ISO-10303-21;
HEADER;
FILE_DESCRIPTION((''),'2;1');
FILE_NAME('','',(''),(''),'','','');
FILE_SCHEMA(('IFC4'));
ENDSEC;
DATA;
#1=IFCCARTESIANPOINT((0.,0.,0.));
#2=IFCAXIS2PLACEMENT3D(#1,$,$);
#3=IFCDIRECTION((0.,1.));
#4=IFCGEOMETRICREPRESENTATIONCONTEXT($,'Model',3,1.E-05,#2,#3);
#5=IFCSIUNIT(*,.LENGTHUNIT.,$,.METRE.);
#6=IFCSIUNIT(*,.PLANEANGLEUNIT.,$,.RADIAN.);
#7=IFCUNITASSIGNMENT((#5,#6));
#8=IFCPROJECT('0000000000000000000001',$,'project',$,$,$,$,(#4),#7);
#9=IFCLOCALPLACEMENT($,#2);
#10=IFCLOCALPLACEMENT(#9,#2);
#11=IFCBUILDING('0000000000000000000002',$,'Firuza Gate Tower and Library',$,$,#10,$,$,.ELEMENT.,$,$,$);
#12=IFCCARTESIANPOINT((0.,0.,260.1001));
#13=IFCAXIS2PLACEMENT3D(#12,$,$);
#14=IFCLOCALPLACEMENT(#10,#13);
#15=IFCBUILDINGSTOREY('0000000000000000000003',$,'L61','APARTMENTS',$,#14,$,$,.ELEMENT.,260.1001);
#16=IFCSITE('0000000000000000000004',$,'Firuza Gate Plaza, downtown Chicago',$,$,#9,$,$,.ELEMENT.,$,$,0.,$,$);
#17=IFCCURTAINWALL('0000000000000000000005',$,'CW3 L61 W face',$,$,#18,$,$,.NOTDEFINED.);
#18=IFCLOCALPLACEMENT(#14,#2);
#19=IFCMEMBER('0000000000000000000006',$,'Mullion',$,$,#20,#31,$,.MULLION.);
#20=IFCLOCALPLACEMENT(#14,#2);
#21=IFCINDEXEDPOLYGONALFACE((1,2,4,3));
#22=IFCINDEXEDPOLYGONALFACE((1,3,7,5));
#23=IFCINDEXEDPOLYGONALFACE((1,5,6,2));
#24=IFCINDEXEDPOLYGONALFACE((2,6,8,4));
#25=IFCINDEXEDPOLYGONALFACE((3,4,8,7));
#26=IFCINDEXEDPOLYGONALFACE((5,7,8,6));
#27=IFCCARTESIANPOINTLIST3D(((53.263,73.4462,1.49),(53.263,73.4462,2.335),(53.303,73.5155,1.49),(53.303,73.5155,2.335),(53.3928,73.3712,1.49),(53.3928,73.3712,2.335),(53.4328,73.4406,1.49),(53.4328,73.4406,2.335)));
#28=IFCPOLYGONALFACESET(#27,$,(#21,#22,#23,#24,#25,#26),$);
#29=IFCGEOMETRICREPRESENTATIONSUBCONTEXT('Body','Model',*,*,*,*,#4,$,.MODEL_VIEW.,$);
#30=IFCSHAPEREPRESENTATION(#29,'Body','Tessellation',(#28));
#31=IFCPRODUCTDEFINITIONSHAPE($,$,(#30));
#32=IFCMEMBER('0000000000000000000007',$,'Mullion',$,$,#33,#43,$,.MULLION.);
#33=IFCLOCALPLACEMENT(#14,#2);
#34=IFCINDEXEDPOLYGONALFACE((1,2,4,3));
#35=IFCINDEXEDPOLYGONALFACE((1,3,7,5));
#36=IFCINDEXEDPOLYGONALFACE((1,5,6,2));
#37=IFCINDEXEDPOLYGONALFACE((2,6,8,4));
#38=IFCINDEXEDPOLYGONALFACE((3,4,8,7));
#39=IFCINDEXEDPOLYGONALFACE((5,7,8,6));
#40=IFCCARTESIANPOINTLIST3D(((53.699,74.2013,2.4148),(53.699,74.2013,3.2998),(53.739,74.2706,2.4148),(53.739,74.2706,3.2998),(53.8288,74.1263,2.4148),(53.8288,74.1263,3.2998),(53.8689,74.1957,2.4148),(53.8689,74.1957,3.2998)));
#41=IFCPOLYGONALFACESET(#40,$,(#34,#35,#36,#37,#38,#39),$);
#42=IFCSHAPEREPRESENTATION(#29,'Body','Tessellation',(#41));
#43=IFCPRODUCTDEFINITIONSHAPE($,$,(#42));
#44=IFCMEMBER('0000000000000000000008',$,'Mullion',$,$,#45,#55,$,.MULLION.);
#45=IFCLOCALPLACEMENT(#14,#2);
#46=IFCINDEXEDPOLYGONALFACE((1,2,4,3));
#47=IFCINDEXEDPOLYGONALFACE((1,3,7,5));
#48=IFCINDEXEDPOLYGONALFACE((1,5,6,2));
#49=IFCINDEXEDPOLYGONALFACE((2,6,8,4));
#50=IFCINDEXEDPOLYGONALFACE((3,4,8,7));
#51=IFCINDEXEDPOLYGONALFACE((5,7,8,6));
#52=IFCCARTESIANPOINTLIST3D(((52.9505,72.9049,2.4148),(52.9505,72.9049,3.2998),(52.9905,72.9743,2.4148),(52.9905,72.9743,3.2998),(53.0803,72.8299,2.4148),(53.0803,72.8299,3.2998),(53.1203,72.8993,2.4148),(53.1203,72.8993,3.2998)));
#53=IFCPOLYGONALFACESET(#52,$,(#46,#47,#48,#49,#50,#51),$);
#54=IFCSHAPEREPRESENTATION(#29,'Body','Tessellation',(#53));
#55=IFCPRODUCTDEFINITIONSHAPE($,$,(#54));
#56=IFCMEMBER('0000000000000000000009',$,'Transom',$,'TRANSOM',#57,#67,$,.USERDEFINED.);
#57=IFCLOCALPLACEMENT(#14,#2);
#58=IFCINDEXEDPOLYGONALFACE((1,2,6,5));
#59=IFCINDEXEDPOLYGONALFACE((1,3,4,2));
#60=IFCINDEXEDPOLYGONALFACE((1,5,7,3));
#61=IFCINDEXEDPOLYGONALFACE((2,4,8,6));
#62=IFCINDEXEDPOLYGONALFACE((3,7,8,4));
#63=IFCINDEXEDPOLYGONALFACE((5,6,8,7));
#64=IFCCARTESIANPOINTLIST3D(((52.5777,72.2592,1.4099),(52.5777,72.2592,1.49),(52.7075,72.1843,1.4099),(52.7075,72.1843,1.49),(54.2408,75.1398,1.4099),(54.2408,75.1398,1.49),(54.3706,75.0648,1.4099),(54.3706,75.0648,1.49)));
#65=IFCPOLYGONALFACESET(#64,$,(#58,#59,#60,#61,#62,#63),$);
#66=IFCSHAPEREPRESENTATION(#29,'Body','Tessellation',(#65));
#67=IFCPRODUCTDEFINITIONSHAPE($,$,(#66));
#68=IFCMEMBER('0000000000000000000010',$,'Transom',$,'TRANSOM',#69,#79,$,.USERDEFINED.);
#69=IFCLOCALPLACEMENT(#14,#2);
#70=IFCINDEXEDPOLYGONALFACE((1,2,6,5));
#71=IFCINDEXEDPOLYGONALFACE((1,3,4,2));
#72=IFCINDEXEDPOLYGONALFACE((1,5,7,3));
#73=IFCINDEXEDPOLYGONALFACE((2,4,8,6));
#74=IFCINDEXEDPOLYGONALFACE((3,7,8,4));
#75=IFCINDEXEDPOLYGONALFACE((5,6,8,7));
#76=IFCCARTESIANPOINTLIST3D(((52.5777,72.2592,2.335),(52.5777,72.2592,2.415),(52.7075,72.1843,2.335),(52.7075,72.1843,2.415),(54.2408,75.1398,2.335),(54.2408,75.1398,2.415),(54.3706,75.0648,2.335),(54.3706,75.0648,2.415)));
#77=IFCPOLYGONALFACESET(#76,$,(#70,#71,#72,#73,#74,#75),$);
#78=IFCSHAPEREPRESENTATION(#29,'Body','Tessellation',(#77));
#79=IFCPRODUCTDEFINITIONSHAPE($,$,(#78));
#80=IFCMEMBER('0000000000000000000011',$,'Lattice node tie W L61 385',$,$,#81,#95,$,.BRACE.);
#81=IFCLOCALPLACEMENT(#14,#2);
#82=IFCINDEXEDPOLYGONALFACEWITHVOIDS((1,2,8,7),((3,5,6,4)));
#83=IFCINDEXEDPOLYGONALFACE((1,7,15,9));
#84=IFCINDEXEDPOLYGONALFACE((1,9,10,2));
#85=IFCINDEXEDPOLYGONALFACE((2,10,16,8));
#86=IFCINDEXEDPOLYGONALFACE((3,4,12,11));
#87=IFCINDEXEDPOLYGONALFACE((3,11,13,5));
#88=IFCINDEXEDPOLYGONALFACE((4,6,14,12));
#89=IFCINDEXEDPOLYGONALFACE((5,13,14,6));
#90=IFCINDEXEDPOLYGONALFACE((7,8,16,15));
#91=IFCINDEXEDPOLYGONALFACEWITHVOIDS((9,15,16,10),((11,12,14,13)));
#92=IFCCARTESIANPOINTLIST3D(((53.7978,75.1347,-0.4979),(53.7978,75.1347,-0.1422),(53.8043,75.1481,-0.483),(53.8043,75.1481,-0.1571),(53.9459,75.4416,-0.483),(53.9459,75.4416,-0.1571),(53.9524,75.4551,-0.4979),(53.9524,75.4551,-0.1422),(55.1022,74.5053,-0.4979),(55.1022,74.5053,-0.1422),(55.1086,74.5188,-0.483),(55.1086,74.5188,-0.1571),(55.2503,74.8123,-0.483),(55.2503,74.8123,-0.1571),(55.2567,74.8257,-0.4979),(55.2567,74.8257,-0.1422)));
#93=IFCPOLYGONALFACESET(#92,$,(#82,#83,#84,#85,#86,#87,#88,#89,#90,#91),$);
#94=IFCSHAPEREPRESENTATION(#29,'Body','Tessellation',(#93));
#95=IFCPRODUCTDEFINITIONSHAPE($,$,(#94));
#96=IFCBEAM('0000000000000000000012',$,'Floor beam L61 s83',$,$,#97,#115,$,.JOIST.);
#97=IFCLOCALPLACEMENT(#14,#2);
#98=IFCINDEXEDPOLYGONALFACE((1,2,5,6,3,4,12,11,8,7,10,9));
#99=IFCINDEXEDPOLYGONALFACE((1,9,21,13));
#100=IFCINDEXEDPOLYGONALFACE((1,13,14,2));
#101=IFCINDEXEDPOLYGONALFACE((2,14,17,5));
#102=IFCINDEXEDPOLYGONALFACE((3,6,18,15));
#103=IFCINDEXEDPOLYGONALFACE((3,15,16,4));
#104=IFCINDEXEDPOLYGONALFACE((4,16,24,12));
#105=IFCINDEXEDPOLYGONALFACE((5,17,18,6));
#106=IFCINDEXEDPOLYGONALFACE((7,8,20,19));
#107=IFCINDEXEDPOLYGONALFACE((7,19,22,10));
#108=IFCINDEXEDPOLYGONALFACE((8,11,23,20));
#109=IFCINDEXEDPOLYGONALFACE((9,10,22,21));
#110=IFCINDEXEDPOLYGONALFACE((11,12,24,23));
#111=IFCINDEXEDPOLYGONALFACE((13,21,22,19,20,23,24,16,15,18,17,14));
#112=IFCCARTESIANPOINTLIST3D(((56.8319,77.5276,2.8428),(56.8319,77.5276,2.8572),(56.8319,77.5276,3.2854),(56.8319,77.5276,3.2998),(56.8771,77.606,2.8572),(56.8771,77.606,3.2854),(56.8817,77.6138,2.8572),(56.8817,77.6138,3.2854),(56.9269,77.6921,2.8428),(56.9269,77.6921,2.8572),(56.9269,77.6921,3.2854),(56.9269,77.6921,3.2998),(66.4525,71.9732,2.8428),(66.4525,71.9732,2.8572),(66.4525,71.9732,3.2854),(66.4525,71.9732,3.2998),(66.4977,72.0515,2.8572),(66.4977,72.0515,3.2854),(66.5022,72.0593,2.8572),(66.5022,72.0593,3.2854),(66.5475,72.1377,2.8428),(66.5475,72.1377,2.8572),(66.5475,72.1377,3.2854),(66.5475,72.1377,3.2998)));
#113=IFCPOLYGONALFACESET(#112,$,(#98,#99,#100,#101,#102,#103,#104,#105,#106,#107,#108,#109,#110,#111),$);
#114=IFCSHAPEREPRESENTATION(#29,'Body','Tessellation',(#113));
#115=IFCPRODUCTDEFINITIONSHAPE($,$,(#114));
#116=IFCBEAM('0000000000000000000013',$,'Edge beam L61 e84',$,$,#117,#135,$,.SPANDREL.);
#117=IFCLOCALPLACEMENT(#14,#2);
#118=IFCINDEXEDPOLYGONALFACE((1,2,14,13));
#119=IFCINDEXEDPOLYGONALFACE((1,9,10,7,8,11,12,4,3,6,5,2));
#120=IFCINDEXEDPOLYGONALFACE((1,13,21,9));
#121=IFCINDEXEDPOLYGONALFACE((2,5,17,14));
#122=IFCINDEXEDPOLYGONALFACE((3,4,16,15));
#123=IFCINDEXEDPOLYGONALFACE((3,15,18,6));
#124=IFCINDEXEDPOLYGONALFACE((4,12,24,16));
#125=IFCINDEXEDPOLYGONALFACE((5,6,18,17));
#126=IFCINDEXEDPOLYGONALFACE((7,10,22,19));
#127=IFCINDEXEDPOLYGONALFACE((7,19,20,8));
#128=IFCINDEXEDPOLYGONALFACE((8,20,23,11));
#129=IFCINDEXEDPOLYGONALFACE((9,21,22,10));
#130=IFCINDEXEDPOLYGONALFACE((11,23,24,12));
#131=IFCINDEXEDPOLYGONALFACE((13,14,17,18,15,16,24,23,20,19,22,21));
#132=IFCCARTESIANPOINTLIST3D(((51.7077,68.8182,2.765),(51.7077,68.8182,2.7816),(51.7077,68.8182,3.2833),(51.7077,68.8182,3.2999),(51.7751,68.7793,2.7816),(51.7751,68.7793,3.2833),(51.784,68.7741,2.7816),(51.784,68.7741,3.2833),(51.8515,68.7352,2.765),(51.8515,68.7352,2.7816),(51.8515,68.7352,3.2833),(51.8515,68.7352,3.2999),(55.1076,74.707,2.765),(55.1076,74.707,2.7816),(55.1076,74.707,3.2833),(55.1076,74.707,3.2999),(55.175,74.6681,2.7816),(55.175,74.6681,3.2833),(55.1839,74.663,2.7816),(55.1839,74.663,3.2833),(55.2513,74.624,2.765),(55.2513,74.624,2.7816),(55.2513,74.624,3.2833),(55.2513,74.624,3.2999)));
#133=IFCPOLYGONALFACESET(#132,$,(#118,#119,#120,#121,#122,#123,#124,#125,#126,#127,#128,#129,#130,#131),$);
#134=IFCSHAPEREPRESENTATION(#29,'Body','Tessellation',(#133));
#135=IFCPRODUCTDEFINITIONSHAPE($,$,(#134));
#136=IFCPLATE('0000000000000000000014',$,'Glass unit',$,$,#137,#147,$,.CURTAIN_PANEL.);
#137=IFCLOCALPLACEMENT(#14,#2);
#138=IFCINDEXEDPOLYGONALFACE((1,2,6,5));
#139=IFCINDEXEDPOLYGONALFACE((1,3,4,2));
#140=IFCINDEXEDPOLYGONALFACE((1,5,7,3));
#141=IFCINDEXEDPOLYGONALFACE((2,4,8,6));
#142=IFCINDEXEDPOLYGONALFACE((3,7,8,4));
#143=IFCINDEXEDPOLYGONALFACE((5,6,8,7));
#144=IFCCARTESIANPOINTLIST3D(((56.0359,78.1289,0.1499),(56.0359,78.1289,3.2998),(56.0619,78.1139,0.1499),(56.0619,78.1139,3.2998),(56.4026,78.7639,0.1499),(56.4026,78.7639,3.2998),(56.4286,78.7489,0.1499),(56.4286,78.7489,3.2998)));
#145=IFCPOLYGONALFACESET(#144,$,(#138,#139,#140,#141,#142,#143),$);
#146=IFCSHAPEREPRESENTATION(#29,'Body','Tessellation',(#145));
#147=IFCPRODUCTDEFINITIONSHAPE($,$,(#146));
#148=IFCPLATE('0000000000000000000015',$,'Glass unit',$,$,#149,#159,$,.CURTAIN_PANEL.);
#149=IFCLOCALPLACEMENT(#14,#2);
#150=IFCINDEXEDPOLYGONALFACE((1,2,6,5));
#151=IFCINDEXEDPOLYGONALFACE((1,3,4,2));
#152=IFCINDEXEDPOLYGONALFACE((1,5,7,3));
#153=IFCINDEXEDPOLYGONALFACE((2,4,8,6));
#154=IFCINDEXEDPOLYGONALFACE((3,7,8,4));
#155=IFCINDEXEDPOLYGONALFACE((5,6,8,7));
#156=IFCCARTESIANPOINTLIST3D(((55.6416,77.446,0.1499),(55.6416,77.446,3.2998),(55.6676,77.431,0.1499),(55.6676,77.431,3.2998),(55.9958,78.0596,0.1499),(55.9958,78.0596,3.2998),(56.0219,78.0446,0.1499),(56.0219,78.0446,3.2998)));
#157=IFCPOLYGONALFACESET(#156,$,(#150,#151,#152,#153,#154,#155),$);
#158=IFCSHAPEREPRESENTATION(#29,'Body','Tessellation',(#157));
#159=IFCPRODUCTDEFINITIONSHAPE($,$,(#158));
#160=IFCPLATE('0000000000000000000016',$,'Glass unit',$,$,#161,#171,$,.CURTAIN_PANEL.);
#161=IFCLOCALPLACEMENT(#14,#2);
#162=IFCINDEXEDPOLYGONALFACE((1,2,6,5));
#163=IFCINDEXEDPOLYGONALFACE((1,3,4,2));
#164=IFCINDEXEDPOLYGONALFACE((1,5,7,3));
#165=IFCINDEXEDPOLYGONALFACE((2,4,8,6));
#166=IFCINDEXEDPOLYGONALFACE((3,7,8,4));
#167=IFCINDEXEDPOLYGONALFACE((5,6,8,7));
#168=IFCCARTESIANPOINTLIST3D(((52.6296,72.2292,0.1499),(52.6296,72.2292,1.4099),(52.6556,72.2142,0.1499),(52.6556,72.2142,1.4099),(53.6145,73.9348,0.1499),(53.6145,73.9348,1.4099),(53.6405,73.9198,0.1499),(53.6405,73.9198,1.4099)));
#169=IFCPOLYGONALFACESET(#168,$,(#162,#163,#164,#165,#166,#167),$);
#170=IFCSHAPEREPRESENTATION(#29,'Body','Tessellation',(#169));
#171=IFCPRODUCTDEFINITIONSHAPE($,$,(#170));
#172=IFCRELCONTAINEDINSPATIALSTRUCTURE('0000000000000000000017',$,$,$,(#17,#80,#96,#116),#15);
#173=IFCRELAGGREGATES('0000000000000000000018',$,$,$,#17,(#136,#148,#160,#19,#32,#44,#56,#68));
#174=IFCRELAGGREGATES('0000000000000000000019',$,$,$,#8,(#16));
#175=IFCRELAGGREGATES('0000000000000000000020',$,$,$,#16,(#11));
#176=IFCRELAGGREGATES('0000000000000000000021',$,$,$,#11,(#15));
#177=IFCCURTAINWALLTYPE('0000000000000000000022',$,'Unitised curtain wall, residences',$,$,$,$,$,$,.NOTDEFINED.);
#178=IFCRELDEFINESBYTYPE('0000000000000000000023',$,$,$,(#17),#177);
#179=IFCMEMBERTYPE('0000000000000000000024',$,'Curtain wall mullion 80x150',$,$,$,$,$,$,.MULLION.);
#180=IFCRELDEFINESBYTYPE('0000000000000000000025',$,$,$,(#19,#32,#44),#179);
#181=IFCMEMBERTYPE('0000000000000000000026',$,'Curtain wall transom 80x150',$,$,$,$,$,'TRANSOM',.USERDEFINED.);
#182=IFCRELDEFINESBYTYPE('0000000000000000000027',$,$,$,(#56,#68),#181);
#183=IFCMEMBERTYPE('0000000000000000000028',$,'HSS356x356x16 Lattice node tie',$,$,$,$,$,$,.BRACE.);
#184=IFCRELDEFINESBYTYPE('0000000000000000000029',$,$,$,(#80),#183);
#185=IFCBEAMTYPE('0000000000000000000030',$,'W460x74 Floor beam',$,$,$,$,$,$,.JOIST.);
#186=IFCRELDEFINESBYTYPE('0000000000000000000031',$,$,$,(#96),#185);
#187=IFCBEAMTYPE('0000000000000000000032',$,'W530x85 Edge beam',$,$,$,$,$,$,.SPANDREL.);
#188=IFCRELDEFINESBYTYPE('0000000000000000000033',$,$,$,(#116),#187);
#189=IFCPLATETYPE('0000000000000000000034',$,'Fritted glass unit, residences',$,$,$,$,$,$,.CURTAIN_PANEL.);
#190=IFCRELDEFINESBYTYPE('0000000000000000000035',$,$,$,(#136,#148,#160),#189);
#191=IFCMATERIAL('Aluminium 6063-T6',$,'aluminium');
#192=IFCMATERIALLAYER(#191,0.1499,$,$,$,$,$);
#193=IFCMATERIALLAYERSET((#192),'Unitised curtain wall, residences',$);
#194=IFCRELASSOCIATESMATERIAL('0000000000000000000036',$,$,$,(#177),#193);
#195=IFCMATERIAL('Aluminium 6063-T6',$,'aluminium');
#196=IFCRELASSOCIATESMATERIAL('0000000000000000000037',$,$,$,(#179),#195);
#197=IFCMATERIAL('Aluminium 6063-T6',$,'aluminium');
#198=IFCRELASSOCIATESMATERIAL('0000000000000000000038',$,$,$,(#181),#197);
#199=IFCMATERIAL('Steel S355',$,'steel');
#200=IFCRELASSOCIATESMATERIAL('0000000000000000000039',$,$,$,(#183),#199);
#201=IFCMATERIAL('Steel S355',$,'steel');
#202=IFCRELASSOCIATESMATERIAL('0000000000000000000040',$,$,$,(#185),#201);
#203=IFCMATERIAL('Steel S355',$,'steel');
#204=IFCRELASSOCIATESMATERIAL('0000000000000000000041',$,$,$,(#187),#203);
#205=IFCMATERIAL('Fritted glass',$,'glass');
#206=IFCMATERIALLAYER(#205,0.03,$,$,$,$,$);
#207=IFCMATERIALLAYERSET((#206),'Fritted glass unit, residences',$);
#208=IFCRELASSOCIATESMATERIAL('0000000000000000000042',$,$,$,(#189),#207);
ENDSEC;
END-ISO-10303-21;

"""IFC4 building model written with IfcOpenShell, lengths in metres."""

from ifc_helpers import new_model, si_unit, direction, frame, origin, origin_2d, place, context, subcontext, project, spatial, polyline, rectangle, hollow_rectangle, i_section, outline, extrude, material, layer, layer_set, material_profile, profile_set, type_object, element, aggregate, save


model = new_model("IFC4")

# Units and contexts
model_context = context("Model", 3, precision=1e-05, world=origin(), true_north=direction((0.0, 1.0)))
body_context = subcontext(model_context, "Body", "Model", "MODEL_VIEW")
ifc_project = project(units=[si_unit("LENGTHUNIT", "METRE"), si_unit("PLANEANGLEUNIT", "RADIAN")], contexts=[model_context])

# Site, building, storey
site_placement = place(None, origin())
site = spatial("IfcSite", under=ifc_project, at=site_placement, Name="Firuza Gate Plaza, downtown Chicago", CompositionType="ELEMENT", RefElevation=0.0)
building_placement = place(site_placement, origin())
building = spatial("IfcBuilding", under=site, at=building_placement, Name="Firuza Gate Tower and Library", CompositionType="ELEMENT")
storey_placement = place(building_placement, frame((0.0, 0.0, 260.1001)))
storey = spatial("IfcBuildingStorey", under=building, at=storey_placement, Name="L61", Description="APARTMENTS", CompositionType="ELEMENT", Elevation=260.1001)

# Curtain wall, members
ifc_material_1 = material(Name="Aluminium 6063-T6", Category="aluminium")
ifc_layer_1 = layer(ifc_material_1, 0.1499)
ifc_layer_set_1 = layer_set([ifc_layer_1], Name="Unitised curtain wall, residences")
curtain_wall_type = type_object("IfcCurtainWallType", Name="Unitised curtain wall, residences", PredefinedType="NOTDEFINED", material=ifc_layer_set_1)
curtain_wall_placement = place(storey_placement, origin())
curtain_wall = element("IfcCurtainWall", 1, at=curtain_wall_placement, inside=storey, type_object=curtain_wall_type, Name="CW3 L61 W face", PredefinedType="NOTDEFINED")
ifc_material_2 = material(Name="Aluminium 6063-T6", Category="aluminium")
ifc_material_profile_1 = material_profile(ifc_material_2, rectangle(XDim=0.1499, YDim=0.0801, at=origin_2d()))
ifc_profile_set_1 = profile_set([ifc_material_profile_1], Name="Aluminium 6063-T6")
member_type_1 = type_object("IfcMemberType", Name="Curtain wall mullion 80x150", PredefinedType="MULLION", material=ifc_profile_set_1)
member_1_placement = place(storey_placement, frame((53.3479, 73.4434, 1.49), z_axis=(0.0, 0.0, 1.0), x_axis=(0.866025, -0.5, 0.0)))
member_1 = element("IfcMember", 2, at=member_1_placement, type_object=member_type_1, Name="Mullion", PredefinedType="MULLION", context=body_context, shape_type="SweptSolid", body=[
    extrude(rectangle(XDim=0.1499, YDim=0.0801, at=origin_2d()), origin(), (0.0, 0.0, 1.0), 0.845),
])
member_2_placement = place(storey_placement, frame((53.7839, 74.1985, 2.4148), z_axis=(0.0, 0.0, 1.0), x_axis=(0.866025, -0.5, 0.0)))
member_2 = element("IfcMember", 3, at=member_2_placement, type_object=member_type_1, Name="Mullion", PredefinedType="MULLION", context=body_context, shape_type="SweptSolid", body=[
    extrude(rectangle(XDim=0.1499, YDim=0.0801, at=origin_2d()), origin(), (0.0, 0.0, 1.0), 0.885),
])
member_3_placement = place(storey_placement, frame((53.0354, 72.9021, 2.4148), z_axis=(0.0, 0.0, 1.0), x_axis=(0.866025, -0.5, 0.0)))
member_3 = element("IfcMember", 4, at=member_3_placement, type_object=member_type_1, Name="Mullion", PredefinedType="MULLION", context=body_context, shape_type="SweptSolid", body=[
    extrude(rectangle(XDim=0.1499, YDim=0.0801, at=origin_2d()), origin(), (0.0, 0.0, 1.0), 0.885),
])
ifc_material_3 = material(Name="Aluminium 6063-T6", Category="aluminium")
ifc_material_profile_2 = material_profile(ifc_material_3, rectangle(XDim=0.1499, YDim=0.0801, at=origin_2d()))
ifc_profile_set_2 = profile_set([ifc_material_profile_2], Name="Aluminium 6063-T6")
member_type_2 = type_object("IfcMemberType", Name="Curtain wall transom 80x150", ElementType="TRANSOM", PredefinedType="USERDEFINED", material=ifc_profile_set_2)
member_4_placement = place(storey_placement, frame((54.3057, 75.1023, 1.45), z_axis=(-0.499991, -0.86603, 0.0), x_axis=(0.86603, -0.499991, 0.0)))
member_4 = element("IfcMember", 5, at=member_4_placement, type_object=member_type_2, Name="Transom", ObjectType="TRANSOM", PredefinedType="USERDEFINED", context=body_context, shape_type="SweptSolid", body=[
    extrude(rectangle(XDim=0.1499, YDim=0.0801, at=origin_2d()), origin(), (0.0, 0.0, 1.0), 3.3262),
])
member_5_placement = place(storey_placement, frame((54.3057, 75.1023, 2.375), z_axis=(-0.499991, -0.86603, 0.0), x_axis=(0.86603, -0.499991, 0.0)))
member_5 = element("IfcMember", 6, at=member_5_placement, type_object=member_type_2, Name="Transom", ObjectType="TRANSOM", PredefinedType="USERDEFINED", context=body_context, shape_type="SweptSolid", body=[
    extrude(rectangle(XDim=0.1499, YDim=0.0801, at=origin_2d()), origin(), (0.0, 0.0, 1.0), 3.3262),
])

# Member
ifc_material_4 = material(Name="Steel S355", Category="steel")
ifc_material_profile_3 = material_profile(ifc_material_4, hollow_rectangle(XDim=0.3557, YDim=0.3557, WallThickness=0.0149, at=origin_2d()))
ifc_profile_set_3 = profile_set([ifc_material_profile_3], Name="Steel S355")
member_type_3 = type_object("IfcMemberType", Name="HSS356x356x16 Lattice node tie", PredefinedType="BRACE", material=ifc_profile_set_3)
member_6_placement = place(storey_placement, frame((55.1794, 74.6655, -0.3201), z_axis=(-0.900643, 0.43456, 0.0), x_axis=(-0.43456, -0.900643, 0.0)))
element("IfcMember", 7, at=member_6_placement, inside=storey, type_object=member_type_3, Name="Lattice node tie W L61 385", PredefinedType="BRACE", context=body_context, shape_type="SweptSolid", body=[
    extrude(hollow_rectangle(XDim=0.3557, YDim=0.3557, WallThickness=0.0149, at=origin_2d()), origin(), (0.0, 0.0, 1.0), 1.4482),
])

# Beams
ifc_material_5 = material(Name="Steel S355", Category="steel")
ifc_material_profile_4 = material_profile(ifc_material_5, i_section(OverallWidth=0.1899, OverallDepth=0.457, WebThickness=0.009, FlangeThickness=0.0144, at=origin_2d()))
ifc_profile_set_4 = profile_set([ifc_material_profile_4], Name="Steel S355")
beam_type_1 = type_object("IfcBeamType", Name="W460x74 Floor beam", PredefinedType="JOIST", material=ifc_profile_set_4)
beam_1_placement = place(storey_placement, frame((56.8794, 77.6099, 3.0713), z_axis=(0.866026, -0.499999, 0.0), x_axis=(0.499999, 0.866026, 0.0)))
element("IfcBeam", 8, at=beam_1_placement, inside=storey, type_object=beam_type_1, Name="Floor beam L61 s83", PredefinedType="JOIST", context=body_context, shape_type="SweptSolid", body=[
    extrude(i_section(OverallWidth=0.1899, OverallDepth=0.457, WebThickness=0.009, FlangeThickness=0.0144, at=origin_2d()), origin(), (0.0, 0.0, 1.0), 11.1089),
])
ifc_material_6 = material(Name="Steel S355", Category="steel")
ifc_material_profile_5 = material_profile(ifc_material_6, i_section(OverallWidth=0.166, OverallDepth=0.5349, WebThickness=0.0103, FlangeThickness=0.0166, at=origin_2d()))
ifc_profile_set_5 = profile_set([ifc_material_profile_5], Name="Steel S355")
beam_type_2 = type_object("IfcBeamType", Name="W530x85 Edge beam", PredefinedType="SPANDREL", material=ifc_profile_set_5)
beam_2_placement = place(storey_placement, frame((55.1794, 74.6655, 3.0325), z_axis=(-0.499993, -0.86603, 0.0), x_axis=(0.86603, -0.499993, 0.0)))
element("IfcBeam", 9, at=beam_2_placement, inside=storey, type_object=beam_type_2, Name="Edge beam L61 e84", PredefinedType="SPANDREL", context=body_context, shape_type="SweptSolid", body=[
    extrude(i_section(OverallWidth=0.166, OverallDepth=0.5349, WebThickness=0.0103, FlangeThickness=0.0166, at=origin_2d()), origin(), (0.0, 0.0, 1.0), 6.7998),
])

# Plates
ifc_material_7 = material(Name="Fritted glass", Category="glass")
ifc_layer_2 = layer(ifc_material_7, 0.03)
ifc_layer_set_2 = layer_set([ifc_layer_2], Name="Fritted glass unit, residences")
plate_type_1 = type_object("IfcPlateType", Name="Fritted glass unit, residences", PredefinedType="CURTAIN_PANEL", material=ifc_layer_set_2)
plate_1_placement = place(storey_placement, frame((56.4026, 78.7639, 0.1499), z_axis=(-0.86598, 0.500078, 0.0), x_axis=(-0.500078, -0.86598, 0.0)))
plate_1 = element("IfcPlate", 10, at=plate_1_placement, type_object=plate_type_1, Name="Glass unit", PredefinedType="CURTAIN_PANEL", context=body_context, shape_type="SweptSolid", body=[
    extrude(outline(polyline([(0.0, 0.0), (0.7333, 0.0), (0.7333, 3.1499), (0.0, 3.1499), (0.0, 0.0)])), origin(), (0.0, 0.0, -1.0), 0.03),
])
plate_2_placement = place(storey_placement, frame((55.9958, 78.0596, 0.1499), z_axis=(-0.866008, 0.500031, 0.0), x_axis=(-0.500031, -0.866008, 0.0)))
plate_2 = element("IfcPlate", 11, at=plate_2_placement, type_object=plate_type_1, Name="Glass unit", PredefinedType="CURTAIN_PANEL", context=body_context, shape_type="SweptSolid", body=[
    extrude(outline(polyline([(0.0, 0.0), (0.7085, 0.0), (0.7085, 3.1499), (0.0, 3.1499), (0.0, 0.0)])), origin(), (0.0, 0.0, -1.0), 0.03),
])
plate_3_placement = place(storey_placement, frame((53.6145, 73.9348, 0.1499), z_axis=(-0.865992, 0.500059, 0.0), x_axis=(-0.500059, -0.865992, 0.0)))
plate_3 = element("IfcPlate", 12, at=plate_3_placement, type_object=plate_type_1, Name="Glass unit", PredefinedType="CURTAIN_PANEL", context=body_context, shape_type="SweptSolid", body=[
    extrude(outline(polyline([(0.0, 0.0), (1.9695, 0.0), (1.9695, 1.26), (0.0, 1.26), (0.0, 0.0)])), origin(), (0.0, 0.0, -1.0), 0.03),
])
aggregate(curtain_wall, [plate_1, plate_2, plate_3, member_1, member_2, member_3, member_4, member_5])

save(model, "model.ifc")
